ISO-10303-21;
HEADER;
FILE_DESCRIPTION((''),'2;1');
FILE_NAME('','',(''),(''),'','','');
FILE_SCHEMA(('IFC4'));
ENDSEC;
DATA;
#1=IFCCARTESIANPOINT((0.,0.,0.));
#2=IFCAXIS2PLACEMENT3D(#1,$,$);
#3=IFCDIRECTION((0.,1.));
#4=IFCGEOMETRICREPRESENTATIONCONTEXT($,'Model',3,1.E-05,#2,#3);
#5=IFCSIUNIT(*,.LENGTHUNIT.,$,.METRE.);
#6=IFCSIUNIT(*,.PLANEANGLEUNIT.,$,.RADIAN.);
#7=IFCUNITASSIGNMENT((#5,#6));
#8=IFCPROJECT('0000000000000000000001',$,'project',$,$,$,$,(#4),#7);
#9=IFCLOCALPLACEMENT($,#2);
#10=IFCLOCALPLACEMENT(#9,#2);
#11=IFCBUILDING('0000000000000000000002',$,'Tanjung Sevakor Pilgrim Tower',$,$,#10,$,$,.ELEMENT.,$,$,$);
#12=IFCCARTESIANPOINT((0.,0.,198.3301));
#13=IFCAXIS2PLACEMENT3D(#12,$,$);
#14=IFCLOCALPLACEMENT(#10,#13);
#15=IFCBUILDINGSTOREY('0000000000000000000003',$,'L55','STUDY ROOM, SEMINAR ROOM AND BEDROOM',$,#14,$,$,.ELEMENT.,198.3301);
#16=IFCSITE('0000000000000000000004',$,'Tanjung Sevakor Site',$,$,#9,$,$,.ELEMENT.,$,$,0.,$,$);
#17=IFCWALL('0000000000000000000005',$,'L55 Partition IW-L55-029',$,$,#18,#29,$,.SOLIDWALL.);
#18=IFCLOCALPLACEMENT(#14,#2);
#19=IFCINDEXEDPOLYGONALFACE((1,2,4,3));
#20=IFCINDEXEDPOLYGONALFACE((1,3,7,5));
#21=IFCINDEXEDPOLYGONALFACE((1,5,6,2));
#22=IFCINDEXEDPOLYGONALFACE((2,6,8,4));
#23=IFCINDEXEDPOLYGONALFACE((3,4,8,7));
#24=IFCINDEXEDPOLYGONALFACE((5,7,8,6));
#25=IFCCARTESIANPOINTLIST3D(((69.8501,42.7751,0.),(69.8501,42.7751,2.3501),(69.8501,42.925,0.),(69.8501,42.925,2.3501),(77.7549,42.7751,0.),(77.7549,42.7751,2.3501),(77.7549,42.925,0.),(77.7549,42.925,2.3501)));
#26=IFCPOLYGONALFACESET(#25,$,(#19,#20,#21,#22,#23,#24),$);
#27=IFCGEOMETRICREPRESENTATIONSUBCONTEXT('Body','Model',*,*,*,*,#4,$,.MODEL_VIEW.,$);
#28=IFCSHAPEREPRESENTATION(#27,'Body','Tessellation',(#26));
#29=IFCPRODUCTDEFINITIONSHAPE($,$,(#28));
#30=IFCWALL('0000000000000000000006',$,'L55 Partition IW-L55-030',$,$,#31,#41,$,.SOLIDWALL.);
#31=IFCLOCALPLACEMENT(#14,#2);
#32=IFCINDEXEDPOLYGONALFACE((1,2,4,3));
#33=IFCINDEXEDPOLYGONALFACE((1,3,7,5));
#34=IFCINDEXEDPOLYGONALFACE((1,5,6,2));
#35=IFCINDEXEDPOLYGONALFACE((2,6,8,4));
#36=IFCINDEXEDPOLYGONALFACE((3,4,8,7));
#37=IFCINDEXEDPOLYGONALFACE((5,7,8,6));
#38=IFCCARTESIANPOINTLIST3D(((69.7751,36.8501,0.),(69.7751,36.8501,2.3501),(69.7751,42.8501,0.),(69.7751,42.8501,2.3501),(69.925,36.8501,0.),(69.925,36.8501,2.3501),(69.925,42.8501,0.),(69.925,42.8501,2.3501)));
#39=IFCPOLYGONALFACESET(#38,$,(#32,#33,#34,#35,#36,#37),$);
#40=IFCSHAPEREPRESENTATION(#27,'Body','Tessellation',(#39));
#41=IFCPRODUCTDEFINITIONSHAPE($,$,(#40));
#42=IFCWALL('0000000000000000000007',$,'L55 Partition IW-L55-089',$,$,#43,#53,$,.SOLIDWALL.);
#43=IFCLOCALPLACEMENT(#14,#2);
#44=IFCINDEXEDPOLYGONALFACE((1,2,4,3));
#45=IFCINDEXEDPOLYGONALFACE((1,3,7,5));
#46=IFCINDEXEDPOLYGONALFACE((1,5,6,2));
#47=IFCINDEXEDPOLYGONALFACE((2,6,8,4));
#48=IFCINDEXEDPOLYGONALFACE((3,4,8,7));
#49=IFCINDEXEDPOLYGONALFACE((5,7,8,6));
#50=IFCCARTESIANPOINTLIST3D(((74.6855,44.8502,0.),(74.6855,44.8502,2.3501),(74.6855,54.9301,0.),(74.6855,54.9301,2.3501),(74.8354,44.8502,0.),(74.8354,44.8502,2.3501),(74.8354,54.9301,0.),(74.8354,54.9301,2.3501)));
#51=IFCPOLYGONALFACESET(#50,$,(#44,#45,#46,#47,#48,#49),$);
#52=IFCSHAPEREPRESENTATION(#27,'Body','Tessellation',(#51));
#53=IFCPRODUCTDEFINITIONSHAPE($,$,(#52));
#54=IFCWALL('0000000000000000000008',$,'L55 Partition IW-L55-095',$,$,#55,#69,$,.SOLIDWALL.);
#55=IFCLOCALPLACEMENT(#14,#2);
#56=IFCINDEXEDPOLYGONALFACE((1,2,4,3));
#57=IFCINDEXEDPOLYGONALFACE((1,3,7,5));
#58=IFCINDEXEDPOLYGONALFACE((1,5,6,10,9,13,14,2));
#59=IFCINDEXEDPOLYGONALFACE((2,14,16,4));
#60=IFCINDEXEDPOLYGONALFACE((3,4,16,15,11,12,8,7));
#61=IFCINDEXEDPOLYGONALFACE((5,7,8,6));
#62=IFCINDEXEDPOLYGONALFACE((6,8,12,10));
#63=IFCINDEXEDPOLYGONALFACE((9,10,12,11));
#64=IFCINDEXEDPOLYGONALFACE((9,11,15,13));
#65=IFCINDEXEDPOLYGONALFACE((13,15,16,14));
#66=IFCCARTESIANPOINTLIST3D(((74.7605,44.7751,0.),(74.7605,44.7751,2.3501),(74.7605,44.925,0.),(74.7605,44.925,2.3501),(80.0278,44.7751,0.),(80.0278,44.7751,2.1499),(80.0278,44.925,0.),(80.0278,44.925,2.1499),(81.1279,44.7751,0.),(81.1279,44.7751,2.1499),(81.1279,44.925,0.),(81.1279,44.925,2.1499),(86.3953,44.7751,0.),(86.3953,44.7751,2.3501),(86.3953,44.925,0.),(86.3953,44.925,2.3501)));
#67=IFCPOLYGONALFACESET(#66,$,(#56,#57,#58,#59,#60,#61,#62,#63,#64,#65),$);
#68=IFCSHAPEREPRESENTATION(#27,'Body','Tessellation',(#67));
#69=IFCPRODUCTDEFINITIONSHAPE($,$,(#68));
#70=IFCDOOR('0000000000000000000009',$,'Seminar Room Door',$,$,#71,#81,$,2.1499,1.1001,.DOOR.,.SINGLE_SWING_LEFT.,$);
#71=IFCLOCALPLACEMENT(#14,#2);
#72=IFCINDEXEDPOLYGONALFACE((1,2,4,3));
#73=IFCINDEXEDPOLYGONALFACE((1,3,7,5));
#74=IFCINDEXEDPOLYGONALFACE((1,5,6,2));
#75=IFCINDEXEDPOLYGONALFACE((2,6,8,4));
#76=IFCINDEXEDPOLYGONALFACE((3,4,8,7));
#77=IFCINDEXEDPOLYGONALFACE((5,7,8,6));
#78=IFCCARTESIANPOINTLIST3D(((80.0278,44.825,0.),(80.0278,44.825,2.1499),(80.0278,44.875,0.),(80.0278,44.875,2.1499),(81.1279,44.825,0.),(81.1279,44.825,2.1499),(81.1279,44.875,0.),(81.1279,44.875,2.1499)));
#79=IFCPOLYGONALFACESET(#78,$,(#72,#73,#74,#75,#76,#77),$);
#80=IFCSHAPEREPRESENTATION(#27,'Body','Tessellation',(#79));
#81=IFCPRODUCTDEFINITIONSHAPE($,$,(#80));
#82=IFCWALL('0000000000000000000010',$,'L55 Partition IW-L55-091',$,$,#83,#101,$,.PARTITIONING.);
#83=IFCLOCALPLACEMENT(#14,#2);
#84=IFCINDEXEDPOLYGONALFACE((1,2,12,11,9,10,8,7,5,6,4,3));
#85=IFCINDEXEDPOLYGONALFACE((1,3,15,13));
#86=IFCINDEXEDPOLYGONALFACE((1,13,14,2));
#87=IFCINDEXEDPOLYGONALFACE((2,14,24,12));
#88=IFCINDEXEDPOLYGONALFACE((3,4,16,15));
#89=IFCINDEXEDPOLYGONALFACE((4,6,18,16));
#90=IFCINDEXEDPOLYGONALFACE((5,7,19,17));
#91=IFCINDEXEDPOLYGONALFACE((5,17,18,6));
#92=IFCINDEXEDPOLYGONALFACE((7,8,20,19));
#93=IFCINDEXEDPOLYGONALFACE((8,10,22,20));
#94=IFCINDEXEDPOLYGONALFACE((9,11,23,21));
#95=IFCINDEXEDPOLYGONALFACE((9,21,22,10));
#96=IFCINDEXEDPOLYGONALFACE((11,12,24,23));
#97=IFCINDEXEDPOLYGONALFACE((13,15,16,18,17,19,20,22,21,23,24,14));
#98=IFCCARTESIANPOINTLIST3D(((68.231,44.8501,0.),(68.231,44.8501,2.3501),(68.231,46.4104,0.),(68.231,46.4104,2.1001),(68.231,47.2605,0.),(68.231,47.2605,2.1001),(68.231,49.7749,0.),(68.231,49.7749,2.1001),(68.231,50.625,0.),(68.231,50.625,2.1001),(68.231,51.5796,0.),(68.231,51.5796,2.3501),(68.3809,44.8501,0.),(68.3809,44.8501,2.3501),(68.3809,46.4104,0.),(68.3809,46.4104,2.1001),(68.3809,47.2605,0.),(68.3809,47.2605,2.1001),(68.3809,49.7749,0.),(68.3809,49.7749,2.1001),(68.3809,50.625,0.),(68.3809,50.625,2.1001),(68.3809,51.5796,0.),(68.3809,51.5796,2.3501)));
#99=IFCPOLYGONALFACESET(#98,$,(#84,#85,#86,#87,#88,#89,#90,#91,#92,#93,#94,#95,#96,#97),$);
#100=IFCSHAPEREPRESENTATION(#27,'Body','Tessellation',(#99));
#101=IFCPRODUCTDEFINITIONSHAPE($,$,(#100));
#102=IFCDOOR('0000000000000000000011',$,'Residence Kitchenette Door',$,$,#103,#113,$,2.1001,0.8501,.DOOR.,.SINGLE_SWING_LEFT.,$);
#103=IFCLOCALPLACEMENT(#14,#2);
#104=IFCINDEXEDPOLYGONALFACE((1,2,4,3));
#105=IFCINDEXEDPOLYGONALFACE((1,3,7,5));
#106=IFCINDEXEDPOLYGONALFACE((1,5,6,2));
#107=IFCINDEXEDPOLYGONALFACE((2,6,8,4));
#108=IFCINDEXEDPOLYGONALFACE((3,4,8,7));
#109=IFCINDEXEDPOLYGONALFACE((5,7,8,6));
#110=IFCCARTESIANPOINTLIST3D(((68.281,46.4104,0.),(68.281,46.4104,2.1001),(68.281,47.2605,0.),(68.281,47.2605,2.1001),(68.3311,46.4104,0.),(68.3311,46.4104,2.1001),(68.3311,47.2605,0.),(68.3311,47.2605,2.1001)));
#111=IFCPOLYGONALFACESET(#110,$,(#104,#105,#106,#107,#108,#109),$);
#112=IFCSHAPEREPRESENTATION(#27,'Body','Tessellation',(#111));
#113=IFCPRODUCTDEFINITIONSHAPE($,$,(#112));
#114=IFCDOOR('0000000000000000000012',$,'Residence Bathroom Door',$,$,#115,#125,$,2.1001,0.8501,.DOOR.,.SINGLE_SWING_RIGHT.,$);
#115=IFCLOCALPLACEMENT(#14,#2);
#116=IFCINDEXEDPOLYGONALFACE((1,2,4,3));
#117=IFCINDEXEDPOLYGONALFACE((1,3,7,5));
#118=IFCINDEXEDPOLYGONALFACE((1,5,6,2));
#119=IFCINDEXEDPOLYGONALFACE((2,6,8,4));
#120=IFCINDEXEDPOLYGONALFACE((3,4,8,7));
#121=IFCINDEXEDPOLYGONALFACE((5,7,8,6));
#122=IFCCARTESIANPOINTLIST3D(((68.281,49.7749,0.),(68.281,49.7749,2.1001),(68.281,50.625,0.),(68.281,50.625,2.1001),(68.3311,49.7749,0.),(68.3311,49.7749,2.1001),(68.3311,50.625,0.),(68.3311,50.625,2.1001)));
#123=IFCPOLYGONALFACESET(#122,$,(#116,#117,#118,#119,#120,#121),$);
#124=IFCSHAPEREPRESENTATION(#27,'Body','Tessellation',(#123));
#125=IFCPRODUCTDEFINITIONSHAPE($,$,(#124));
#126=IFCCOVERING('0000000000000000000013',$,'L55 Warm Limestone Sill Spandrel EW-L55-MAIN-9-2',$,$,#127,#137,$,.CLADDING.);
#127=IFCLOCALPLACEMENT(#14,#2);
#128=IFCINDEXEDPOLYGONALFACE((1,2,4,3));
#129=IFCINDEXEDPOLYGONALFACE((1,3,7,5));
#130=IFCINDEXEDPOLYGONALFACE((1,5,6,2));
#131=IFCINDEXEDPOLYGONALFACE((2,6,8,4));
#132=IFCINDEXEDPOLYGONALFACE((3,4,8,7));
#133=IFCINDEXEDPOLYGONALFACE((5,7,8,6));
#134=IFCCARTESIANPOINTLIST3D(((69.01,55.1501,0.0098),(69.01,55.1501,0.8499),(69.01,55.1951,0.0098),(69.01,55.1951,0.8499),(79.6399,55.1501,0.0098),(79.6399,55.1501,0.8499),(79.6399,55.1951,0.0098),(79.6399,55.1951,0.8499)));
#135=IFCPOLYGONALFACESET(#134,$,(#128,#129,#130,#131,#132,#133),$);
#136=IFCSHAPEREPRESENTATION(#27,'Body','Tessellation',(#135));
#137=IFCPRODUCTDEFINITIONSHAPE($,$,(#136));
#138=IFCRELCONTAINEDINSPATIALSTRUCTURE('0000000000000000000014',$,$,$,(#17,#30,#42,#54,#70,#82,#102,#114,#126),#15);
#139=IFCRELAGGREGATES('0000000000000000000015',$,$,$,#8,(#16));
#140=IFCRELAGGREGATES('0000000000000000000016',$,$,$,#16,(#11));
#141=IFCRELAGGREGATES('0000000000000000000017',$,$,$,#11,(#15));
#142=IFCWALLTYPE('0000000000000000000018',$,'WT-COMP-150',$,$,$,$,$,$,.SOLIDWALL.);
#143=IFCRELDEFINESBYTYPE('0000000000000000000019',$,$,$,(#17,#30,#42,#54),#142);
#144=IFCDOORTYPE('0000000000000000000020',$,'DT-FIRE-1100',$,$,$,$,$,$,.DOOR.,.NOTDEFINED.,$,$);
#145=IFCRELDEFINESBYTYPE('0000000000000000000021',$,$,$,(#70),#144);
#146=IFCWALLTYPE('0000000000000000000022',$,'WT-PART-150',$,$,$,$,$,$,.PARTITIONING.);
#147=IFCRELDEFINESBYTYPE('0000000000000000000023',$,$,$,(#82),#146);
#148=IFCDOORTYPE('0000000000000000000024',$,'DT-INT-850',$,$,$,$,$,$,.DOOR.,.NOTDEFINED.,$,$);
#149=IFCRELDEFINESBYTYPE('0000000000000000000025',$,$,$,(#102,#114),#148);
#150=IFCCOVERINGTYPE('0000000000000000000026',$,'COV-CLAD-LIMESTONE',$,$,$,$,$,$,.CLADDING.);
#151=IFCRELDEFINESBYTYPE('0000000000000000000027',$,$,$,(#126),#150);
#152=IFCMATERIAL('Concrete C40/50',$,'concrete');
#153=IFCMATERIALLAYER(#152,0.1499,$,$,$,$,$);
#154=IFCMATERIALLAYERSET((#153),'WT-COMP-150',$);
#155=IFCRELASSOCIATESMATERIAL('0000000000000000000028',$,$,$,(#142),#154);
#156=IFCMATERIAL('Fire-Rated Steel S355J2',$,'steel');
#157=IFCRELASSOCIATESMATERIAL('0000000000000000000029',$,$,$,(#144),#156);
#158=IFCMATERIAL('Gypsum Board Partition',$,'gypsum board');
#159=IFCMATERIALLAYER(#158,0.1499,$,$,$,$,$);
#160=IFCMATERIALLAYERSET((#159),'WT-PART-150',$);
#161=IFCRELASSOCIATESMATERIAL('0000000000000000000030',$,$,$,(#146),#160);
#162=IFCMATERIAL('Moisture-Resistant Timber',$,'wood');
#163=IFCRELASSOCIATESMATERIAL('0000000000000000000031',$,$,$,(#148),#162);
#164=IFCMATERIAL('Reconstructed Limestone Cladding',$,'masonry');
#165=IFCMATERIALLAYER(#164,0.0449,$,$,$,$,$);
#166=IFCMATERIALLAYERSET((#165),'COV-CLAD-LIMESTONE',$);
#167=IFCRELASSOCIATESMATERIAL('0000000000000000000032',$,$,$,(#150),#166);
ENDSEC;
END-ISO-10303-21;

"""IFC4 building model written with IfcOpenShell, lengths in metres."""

from ifc_helpers import new_model, si_unit, direction, frame, frame_2d, origin, origin_2d, place, context, subcontext, project, spatial, rectangle, extrude, material, layer, layer_set, type_object, element, fill, save


model = new_model("IFC4")

# Units and contexts
model_context = context("Model", 3, precision=1e-05, world=origin(), true_north=direction((0.0, 1.0)))
body_context = subcontext(model_context, "Body", "Model", "MODEL_VIEW")
ifc_project = project(units=[si_unit("LENGTHUNIT", "METRE"), si_unit("PLANEANGLEUNIT", "RADIAN")], contexts=[model_context])

# Site, building, storey
site_placement = place(None, origin())
site = spatial("IfcSite", under=ifc_project, at=site_placement, Name="Tanjung Sevakor Site", CompositionType="ELEMENT", RefElevation=0.0)
building_placement = place(site_placement, origin())
building = spatial("IfcBuilding", under=site, at=building_placement, Name="Tanjung Sevakor Pilgrim Tower", CompositionType="ELEMENT")
storey_placement = place(building_placement, frame((0.0, 0.0, 198.3301)))
storey = spatial("IfcBuildingStorey", under=building, at=storey_placement, Name="L55", Description="STUDY ROOM, SEMINAR ROOM AND BEDROOM", CompositionType="ELEMENT", Elevation=198.3301)

# Shared definitions
ifc_material_1 = material(Name="Concrete C40/50", Category="concrete")
ifc_layer_1 = layer(ifc_material_1, 0.1499)
ifc_layer_set_1 = layer_set([ifc_layer_1], Name="WT-COMP-150")
wall_type_1 = type_object("IfcWallType", Name="WT-COMP-150", PredefinedType="SOLIDWALL", material=ifc_layer_set_1)

# Walls
wall_1_placement = place(storey_placement, frame((69.8501, 42.8501, 0.0), z_axis=(0.0, 0.0, 1.0), x_axis=(1.0, 0.0, 0.0)))
element("IfcWall", 1, at=wall_1_placement, inside=storey, type_object=wall_type_1, Name="L55 Partition IW-L55-029", PredefinedType="SOLIDWALL", context=body_context, shape_type="SweptSolid", body=[
    extrude(rectangle(XDim=7.9048, YDim=0.1499, at=frame_2d((3.9524, 0.0))), origin(), (0.0, 0.0, 1.0), 2.3501),
])
wall_2_placement = place(storey_placement, frame((69.8501, 36.8501, 0.0), z_axis=(0.0, 0.0, 1.0), x_axis=(0.0, 1.0, 0.0)))
element("IfcWall", 2, at=wall_2_placement, inside=storey, type_object=wall_type_1, Name="L55 Partition IW-L55-030", PredefinedType="SOLIDWALL", context=body_context, shape_type="SweptSolid", body=[
    extrude(rectangle(XDim=6.0, YDim=0.1499, at=frame_2d((3.0, 0.0))), origin(), (0.0, 0.0, 1.0), 2.3501),
])
wall_3_placement = place(storey_placement, frame((74.7605, 44.8501, 0.0), z_axis=(0.0, 0.0, 1.0), x_axis=(0.0, 1.0, 0.0)))
element("IfcWall", 3, at=wall_3_placement, inside=storey, type_object=wall_type_1, Name="L55 Partition IW-L55-089", PredefinedType="SOLIDWALL", context=body_context, shape_type="SweptSolid", body=[
    extrude(rectangle(XDim=10.0798, YDim=0.1499, at=frame_2d((5.04, 0.0))), origin(), (0.0, 0.0, 1.0), 2.3501),
])

# Wall, opening, door
wall_4_placement = place(storey_placement, frame((74.7605, 44.8501, 0.0), z_axis=(0.0, 0.0, 1.0), x_axis=(1.0, 0.0, 0.0)))
wall_4 = element("IfcWall", 4, at=wall_4_placement, inside=storey, type_object=wall_type_1, Name="L55 Partition IW-L55-095", PredefinedType="SOLIDWALL", context=body_context, shape_type="SweptSolid", body=[
    extrude(rectangle(XDim=11.6348, YDim=0.1499, at=frame_2d((5.8174, 0.0))), origin(), (0.0, 0.0, 1.0), 2.3501),
])
opening_1_placement = place(wall_4_placement, frame((5.2673, 0.0, 0.0)))
opening_1 = element("IfcOpeningElement", 5, at=opening_1_placement, cuts=wall_4, PredefinedType="OPENING", context=body_context, shape_type="SweptSolid", body=[
    extrude(rectangle(XDim=1.1001, YDim=2.1499, at=frame_2d((0.55, 1.075))), frame((0.0, 0.085, 0.0), z_axis=(0.0, -1.0, 0.0), x_axis=(1.0, 0.0, 0.0)), (0.0, 0.0, 1.0), 0.1699),
])
ifc_material_2 = material(Name="Fire-Rated Steel S355J2", Category="steel")
door_type_1 = type_object("IfcDoorType", Name="DT-FIRE-1100", OperationType="NOTDEFINED", PredefinedType="DOOR", material=ifc_material_2)
door_1_placement = place(opening_1_placement, origin())
door_1 = element("IfcDoor", 6, at=door_1_placement, inside=storey, type_object=door_type_1, Name="Seminar Room Door", OperationType="SINGLE_SWING_LEFT", OverallHeight=2.1499, OverallWidth=1.1001, PredefinedType="DOOR", context=body_context, shape_type="SweptSolid", body=[
    extrude(rectangle(XDim=1.1001, YDim=2.1499, at=frame_2d((0.55, 1.075))), frame((0.0, 0.0249, 0.0), z_axis=(0.0, -1.0, 0.0), x_axis=(1.0, 0.0, 0.0)), (0.0, 0.0, 1.0), 0.05),
])
fill(opening_1, door_1)

# Wall, openings, doors
ifc_material_3 = material(Name="Gypsum Board Partition", Category="gypsum board")
ifc_layer_2 = layer(ifc_material_3, 0.1499)
ifc_layer_set_2 = layer_set([ifc_layer_2], Name="WT-PART-150")
wall_type_2 = type_object("IfcWallType", Name="WT-PART-150", PredefinedType="PARTITIONING", material=ifc_layer_set_2)
wall_5_placement = place(storey_placement, frame((68.3059, 44.8501, 0.0), z_axis=(0.0, 0.0, 1.0), x_axis=(0.0, 1.0, 0.0)))
wall_5 = element("IfcWall", 7, at=wall_5_placement, inside=storey, type_object=wall_type_2, Name="L55 Partition IW-L55-091", PredefinedType="PARTITIONING", context=body_context, shape_type="SweptSolid", body=[
    extrude(rectangle(XDim=6.7295, YDim=0.1499, at=frame_2d((3.3647, 0.0))), origin(), (0.0, 0.0, 1.0), 2.3501),
])
opening_2_placement = place(wall_5_placement, frame((1.5603, 0.0, 0.0)))
opening_2 = element("IfcOpeningElement", 8, at=opening_2_placement, cuts=wall_5, PredefinedType="OPENING", context=body_context, shape_type="SweptSolid", body=[
    extrude(rectangle(XDim=0.8501, YDim=2.1001, at=frame_2d((0.425, 1.05))), frame((0.0, 0.085, 0.0), z_axis=(0.0, -1.0, 0.0), x_axis=(1.0, 0.0, 0.0)), (0.0, 0.0, 1.0), 0.1699),
])
opening_3_placement = place(wall_5_placement, frame((4.9248, 0.0, 0.0)))
opening_3 = element("IfcOpeningElement", 9, at=opening_3_placement, cuts=wall_5, PredefinedType="OPENING", context=body_context, shape_type="SweptSolid", body=[
    extrude(rectangle(XDim=0.8501, YDim=2.1001, at=frame_2d((0.425, 1.05))), frame((0.0, 0.085, 0.0), z_axis=(0.0, -1.0, 0.0), x_axis=(1.0, 0.0, 0.0)), (0.0, 0.0, 1.0), 0.1699),
])
ifc_material_4 = material(Name="Moisture-Resistant Timber", Category="wood")
door_type_2 = type_object("IfcDoorType", Name="DT-INT-850", OperationType="NOTDEFINED", PredefinedType="DOOR", material=ifc_material_4)
door_2_placement = place(opening_2_placement, origin())
door_2 = element("IfcDoor", 10, at=door_2_placement, inside=storey, type_object=door_type_2, Name="Residence Kitchenette Door", OperationType="SINGLE_SWING_LEFT", OverallHeight=2.1001, OverallWidth=0.8501, PredefinedType="DOOR", context=body_context, shape_type="SweptSolid", body=[
    extrude(rectangle(XDim=0.8501, YDim=2.1001, at=frame_2d((0.425, 1.05))), frame((0.0, 0.0249, 0.0), z_axis=(0.0, -1.0, 0.0), x_axis=(1.0, 0.0, 0.0)), (0.0, 0.0, 1.0), 0.05),
])
fill(opening_2, door_2)
door_3_placement = place(opening_3_placement, origin())
door_3 = element("IfcDoor", 11, at=door_3_placement, inside=storey, type_object=door_type_2, Name="Residence Bathroom Door", OperationType="SINGLE_SWING_RIGHT", OverallHeight=2.1001, OverallWidth=0.8501, PredefinedType="DOOR", context=body_context, shape_type="SweptSolid", body=[
    extrude(rectangle(XDim=0.8501, YDim=2.1001, at=frame_2d((0.425, 1.05))), frame((0.0, 0.0249, 0.0), z_axis=(0.0, -1.0, 0.0), x_axis=(1.0, 0.0, 0.0)), (0.0, 0.0, 1.0), 0.05),
])
fill(opening_3, door_3)

# Covering
ifc_material_5 = material(Name="Reconstructed Limestone Cladding", Category="masonry")
ifc_layer_3 = layer(ifc_material_5, 0.0449)
ifc_layer_set_3 = layer_set([ifc_layer_3], Name="COV-CLAD-LIMESTONE")
covering_type = type_object("IfcCoveringType", Name="COV-CLAD-LIMESTONE", PredefinedType="CLADDING", material=ifc_layer_set_3)
covering_placement = place(storey_placement, frame((74.325, 55.1726, 0.0098), z_axis=(0.0, 0.0, 1.0), x_axis=(-1.0, 0.0, 0.0)))
element("IfcCovering", 12, at=covering_placement, inside=storey, type_object=covering_type, Name="L55 Warm Limestone Sill Spandrel EW-L55-MAIN-9-2", PredefinedType="CLADDING", context=body_context, shape_type="SweptSolid", body=[
    extrude(rectangle(XDim=10.6299, YDim=0.0449, at=origin_2d()), origin(), (0.0, 0.0, 1.0), 0.8401),
])

save(model, "model.ifc")
